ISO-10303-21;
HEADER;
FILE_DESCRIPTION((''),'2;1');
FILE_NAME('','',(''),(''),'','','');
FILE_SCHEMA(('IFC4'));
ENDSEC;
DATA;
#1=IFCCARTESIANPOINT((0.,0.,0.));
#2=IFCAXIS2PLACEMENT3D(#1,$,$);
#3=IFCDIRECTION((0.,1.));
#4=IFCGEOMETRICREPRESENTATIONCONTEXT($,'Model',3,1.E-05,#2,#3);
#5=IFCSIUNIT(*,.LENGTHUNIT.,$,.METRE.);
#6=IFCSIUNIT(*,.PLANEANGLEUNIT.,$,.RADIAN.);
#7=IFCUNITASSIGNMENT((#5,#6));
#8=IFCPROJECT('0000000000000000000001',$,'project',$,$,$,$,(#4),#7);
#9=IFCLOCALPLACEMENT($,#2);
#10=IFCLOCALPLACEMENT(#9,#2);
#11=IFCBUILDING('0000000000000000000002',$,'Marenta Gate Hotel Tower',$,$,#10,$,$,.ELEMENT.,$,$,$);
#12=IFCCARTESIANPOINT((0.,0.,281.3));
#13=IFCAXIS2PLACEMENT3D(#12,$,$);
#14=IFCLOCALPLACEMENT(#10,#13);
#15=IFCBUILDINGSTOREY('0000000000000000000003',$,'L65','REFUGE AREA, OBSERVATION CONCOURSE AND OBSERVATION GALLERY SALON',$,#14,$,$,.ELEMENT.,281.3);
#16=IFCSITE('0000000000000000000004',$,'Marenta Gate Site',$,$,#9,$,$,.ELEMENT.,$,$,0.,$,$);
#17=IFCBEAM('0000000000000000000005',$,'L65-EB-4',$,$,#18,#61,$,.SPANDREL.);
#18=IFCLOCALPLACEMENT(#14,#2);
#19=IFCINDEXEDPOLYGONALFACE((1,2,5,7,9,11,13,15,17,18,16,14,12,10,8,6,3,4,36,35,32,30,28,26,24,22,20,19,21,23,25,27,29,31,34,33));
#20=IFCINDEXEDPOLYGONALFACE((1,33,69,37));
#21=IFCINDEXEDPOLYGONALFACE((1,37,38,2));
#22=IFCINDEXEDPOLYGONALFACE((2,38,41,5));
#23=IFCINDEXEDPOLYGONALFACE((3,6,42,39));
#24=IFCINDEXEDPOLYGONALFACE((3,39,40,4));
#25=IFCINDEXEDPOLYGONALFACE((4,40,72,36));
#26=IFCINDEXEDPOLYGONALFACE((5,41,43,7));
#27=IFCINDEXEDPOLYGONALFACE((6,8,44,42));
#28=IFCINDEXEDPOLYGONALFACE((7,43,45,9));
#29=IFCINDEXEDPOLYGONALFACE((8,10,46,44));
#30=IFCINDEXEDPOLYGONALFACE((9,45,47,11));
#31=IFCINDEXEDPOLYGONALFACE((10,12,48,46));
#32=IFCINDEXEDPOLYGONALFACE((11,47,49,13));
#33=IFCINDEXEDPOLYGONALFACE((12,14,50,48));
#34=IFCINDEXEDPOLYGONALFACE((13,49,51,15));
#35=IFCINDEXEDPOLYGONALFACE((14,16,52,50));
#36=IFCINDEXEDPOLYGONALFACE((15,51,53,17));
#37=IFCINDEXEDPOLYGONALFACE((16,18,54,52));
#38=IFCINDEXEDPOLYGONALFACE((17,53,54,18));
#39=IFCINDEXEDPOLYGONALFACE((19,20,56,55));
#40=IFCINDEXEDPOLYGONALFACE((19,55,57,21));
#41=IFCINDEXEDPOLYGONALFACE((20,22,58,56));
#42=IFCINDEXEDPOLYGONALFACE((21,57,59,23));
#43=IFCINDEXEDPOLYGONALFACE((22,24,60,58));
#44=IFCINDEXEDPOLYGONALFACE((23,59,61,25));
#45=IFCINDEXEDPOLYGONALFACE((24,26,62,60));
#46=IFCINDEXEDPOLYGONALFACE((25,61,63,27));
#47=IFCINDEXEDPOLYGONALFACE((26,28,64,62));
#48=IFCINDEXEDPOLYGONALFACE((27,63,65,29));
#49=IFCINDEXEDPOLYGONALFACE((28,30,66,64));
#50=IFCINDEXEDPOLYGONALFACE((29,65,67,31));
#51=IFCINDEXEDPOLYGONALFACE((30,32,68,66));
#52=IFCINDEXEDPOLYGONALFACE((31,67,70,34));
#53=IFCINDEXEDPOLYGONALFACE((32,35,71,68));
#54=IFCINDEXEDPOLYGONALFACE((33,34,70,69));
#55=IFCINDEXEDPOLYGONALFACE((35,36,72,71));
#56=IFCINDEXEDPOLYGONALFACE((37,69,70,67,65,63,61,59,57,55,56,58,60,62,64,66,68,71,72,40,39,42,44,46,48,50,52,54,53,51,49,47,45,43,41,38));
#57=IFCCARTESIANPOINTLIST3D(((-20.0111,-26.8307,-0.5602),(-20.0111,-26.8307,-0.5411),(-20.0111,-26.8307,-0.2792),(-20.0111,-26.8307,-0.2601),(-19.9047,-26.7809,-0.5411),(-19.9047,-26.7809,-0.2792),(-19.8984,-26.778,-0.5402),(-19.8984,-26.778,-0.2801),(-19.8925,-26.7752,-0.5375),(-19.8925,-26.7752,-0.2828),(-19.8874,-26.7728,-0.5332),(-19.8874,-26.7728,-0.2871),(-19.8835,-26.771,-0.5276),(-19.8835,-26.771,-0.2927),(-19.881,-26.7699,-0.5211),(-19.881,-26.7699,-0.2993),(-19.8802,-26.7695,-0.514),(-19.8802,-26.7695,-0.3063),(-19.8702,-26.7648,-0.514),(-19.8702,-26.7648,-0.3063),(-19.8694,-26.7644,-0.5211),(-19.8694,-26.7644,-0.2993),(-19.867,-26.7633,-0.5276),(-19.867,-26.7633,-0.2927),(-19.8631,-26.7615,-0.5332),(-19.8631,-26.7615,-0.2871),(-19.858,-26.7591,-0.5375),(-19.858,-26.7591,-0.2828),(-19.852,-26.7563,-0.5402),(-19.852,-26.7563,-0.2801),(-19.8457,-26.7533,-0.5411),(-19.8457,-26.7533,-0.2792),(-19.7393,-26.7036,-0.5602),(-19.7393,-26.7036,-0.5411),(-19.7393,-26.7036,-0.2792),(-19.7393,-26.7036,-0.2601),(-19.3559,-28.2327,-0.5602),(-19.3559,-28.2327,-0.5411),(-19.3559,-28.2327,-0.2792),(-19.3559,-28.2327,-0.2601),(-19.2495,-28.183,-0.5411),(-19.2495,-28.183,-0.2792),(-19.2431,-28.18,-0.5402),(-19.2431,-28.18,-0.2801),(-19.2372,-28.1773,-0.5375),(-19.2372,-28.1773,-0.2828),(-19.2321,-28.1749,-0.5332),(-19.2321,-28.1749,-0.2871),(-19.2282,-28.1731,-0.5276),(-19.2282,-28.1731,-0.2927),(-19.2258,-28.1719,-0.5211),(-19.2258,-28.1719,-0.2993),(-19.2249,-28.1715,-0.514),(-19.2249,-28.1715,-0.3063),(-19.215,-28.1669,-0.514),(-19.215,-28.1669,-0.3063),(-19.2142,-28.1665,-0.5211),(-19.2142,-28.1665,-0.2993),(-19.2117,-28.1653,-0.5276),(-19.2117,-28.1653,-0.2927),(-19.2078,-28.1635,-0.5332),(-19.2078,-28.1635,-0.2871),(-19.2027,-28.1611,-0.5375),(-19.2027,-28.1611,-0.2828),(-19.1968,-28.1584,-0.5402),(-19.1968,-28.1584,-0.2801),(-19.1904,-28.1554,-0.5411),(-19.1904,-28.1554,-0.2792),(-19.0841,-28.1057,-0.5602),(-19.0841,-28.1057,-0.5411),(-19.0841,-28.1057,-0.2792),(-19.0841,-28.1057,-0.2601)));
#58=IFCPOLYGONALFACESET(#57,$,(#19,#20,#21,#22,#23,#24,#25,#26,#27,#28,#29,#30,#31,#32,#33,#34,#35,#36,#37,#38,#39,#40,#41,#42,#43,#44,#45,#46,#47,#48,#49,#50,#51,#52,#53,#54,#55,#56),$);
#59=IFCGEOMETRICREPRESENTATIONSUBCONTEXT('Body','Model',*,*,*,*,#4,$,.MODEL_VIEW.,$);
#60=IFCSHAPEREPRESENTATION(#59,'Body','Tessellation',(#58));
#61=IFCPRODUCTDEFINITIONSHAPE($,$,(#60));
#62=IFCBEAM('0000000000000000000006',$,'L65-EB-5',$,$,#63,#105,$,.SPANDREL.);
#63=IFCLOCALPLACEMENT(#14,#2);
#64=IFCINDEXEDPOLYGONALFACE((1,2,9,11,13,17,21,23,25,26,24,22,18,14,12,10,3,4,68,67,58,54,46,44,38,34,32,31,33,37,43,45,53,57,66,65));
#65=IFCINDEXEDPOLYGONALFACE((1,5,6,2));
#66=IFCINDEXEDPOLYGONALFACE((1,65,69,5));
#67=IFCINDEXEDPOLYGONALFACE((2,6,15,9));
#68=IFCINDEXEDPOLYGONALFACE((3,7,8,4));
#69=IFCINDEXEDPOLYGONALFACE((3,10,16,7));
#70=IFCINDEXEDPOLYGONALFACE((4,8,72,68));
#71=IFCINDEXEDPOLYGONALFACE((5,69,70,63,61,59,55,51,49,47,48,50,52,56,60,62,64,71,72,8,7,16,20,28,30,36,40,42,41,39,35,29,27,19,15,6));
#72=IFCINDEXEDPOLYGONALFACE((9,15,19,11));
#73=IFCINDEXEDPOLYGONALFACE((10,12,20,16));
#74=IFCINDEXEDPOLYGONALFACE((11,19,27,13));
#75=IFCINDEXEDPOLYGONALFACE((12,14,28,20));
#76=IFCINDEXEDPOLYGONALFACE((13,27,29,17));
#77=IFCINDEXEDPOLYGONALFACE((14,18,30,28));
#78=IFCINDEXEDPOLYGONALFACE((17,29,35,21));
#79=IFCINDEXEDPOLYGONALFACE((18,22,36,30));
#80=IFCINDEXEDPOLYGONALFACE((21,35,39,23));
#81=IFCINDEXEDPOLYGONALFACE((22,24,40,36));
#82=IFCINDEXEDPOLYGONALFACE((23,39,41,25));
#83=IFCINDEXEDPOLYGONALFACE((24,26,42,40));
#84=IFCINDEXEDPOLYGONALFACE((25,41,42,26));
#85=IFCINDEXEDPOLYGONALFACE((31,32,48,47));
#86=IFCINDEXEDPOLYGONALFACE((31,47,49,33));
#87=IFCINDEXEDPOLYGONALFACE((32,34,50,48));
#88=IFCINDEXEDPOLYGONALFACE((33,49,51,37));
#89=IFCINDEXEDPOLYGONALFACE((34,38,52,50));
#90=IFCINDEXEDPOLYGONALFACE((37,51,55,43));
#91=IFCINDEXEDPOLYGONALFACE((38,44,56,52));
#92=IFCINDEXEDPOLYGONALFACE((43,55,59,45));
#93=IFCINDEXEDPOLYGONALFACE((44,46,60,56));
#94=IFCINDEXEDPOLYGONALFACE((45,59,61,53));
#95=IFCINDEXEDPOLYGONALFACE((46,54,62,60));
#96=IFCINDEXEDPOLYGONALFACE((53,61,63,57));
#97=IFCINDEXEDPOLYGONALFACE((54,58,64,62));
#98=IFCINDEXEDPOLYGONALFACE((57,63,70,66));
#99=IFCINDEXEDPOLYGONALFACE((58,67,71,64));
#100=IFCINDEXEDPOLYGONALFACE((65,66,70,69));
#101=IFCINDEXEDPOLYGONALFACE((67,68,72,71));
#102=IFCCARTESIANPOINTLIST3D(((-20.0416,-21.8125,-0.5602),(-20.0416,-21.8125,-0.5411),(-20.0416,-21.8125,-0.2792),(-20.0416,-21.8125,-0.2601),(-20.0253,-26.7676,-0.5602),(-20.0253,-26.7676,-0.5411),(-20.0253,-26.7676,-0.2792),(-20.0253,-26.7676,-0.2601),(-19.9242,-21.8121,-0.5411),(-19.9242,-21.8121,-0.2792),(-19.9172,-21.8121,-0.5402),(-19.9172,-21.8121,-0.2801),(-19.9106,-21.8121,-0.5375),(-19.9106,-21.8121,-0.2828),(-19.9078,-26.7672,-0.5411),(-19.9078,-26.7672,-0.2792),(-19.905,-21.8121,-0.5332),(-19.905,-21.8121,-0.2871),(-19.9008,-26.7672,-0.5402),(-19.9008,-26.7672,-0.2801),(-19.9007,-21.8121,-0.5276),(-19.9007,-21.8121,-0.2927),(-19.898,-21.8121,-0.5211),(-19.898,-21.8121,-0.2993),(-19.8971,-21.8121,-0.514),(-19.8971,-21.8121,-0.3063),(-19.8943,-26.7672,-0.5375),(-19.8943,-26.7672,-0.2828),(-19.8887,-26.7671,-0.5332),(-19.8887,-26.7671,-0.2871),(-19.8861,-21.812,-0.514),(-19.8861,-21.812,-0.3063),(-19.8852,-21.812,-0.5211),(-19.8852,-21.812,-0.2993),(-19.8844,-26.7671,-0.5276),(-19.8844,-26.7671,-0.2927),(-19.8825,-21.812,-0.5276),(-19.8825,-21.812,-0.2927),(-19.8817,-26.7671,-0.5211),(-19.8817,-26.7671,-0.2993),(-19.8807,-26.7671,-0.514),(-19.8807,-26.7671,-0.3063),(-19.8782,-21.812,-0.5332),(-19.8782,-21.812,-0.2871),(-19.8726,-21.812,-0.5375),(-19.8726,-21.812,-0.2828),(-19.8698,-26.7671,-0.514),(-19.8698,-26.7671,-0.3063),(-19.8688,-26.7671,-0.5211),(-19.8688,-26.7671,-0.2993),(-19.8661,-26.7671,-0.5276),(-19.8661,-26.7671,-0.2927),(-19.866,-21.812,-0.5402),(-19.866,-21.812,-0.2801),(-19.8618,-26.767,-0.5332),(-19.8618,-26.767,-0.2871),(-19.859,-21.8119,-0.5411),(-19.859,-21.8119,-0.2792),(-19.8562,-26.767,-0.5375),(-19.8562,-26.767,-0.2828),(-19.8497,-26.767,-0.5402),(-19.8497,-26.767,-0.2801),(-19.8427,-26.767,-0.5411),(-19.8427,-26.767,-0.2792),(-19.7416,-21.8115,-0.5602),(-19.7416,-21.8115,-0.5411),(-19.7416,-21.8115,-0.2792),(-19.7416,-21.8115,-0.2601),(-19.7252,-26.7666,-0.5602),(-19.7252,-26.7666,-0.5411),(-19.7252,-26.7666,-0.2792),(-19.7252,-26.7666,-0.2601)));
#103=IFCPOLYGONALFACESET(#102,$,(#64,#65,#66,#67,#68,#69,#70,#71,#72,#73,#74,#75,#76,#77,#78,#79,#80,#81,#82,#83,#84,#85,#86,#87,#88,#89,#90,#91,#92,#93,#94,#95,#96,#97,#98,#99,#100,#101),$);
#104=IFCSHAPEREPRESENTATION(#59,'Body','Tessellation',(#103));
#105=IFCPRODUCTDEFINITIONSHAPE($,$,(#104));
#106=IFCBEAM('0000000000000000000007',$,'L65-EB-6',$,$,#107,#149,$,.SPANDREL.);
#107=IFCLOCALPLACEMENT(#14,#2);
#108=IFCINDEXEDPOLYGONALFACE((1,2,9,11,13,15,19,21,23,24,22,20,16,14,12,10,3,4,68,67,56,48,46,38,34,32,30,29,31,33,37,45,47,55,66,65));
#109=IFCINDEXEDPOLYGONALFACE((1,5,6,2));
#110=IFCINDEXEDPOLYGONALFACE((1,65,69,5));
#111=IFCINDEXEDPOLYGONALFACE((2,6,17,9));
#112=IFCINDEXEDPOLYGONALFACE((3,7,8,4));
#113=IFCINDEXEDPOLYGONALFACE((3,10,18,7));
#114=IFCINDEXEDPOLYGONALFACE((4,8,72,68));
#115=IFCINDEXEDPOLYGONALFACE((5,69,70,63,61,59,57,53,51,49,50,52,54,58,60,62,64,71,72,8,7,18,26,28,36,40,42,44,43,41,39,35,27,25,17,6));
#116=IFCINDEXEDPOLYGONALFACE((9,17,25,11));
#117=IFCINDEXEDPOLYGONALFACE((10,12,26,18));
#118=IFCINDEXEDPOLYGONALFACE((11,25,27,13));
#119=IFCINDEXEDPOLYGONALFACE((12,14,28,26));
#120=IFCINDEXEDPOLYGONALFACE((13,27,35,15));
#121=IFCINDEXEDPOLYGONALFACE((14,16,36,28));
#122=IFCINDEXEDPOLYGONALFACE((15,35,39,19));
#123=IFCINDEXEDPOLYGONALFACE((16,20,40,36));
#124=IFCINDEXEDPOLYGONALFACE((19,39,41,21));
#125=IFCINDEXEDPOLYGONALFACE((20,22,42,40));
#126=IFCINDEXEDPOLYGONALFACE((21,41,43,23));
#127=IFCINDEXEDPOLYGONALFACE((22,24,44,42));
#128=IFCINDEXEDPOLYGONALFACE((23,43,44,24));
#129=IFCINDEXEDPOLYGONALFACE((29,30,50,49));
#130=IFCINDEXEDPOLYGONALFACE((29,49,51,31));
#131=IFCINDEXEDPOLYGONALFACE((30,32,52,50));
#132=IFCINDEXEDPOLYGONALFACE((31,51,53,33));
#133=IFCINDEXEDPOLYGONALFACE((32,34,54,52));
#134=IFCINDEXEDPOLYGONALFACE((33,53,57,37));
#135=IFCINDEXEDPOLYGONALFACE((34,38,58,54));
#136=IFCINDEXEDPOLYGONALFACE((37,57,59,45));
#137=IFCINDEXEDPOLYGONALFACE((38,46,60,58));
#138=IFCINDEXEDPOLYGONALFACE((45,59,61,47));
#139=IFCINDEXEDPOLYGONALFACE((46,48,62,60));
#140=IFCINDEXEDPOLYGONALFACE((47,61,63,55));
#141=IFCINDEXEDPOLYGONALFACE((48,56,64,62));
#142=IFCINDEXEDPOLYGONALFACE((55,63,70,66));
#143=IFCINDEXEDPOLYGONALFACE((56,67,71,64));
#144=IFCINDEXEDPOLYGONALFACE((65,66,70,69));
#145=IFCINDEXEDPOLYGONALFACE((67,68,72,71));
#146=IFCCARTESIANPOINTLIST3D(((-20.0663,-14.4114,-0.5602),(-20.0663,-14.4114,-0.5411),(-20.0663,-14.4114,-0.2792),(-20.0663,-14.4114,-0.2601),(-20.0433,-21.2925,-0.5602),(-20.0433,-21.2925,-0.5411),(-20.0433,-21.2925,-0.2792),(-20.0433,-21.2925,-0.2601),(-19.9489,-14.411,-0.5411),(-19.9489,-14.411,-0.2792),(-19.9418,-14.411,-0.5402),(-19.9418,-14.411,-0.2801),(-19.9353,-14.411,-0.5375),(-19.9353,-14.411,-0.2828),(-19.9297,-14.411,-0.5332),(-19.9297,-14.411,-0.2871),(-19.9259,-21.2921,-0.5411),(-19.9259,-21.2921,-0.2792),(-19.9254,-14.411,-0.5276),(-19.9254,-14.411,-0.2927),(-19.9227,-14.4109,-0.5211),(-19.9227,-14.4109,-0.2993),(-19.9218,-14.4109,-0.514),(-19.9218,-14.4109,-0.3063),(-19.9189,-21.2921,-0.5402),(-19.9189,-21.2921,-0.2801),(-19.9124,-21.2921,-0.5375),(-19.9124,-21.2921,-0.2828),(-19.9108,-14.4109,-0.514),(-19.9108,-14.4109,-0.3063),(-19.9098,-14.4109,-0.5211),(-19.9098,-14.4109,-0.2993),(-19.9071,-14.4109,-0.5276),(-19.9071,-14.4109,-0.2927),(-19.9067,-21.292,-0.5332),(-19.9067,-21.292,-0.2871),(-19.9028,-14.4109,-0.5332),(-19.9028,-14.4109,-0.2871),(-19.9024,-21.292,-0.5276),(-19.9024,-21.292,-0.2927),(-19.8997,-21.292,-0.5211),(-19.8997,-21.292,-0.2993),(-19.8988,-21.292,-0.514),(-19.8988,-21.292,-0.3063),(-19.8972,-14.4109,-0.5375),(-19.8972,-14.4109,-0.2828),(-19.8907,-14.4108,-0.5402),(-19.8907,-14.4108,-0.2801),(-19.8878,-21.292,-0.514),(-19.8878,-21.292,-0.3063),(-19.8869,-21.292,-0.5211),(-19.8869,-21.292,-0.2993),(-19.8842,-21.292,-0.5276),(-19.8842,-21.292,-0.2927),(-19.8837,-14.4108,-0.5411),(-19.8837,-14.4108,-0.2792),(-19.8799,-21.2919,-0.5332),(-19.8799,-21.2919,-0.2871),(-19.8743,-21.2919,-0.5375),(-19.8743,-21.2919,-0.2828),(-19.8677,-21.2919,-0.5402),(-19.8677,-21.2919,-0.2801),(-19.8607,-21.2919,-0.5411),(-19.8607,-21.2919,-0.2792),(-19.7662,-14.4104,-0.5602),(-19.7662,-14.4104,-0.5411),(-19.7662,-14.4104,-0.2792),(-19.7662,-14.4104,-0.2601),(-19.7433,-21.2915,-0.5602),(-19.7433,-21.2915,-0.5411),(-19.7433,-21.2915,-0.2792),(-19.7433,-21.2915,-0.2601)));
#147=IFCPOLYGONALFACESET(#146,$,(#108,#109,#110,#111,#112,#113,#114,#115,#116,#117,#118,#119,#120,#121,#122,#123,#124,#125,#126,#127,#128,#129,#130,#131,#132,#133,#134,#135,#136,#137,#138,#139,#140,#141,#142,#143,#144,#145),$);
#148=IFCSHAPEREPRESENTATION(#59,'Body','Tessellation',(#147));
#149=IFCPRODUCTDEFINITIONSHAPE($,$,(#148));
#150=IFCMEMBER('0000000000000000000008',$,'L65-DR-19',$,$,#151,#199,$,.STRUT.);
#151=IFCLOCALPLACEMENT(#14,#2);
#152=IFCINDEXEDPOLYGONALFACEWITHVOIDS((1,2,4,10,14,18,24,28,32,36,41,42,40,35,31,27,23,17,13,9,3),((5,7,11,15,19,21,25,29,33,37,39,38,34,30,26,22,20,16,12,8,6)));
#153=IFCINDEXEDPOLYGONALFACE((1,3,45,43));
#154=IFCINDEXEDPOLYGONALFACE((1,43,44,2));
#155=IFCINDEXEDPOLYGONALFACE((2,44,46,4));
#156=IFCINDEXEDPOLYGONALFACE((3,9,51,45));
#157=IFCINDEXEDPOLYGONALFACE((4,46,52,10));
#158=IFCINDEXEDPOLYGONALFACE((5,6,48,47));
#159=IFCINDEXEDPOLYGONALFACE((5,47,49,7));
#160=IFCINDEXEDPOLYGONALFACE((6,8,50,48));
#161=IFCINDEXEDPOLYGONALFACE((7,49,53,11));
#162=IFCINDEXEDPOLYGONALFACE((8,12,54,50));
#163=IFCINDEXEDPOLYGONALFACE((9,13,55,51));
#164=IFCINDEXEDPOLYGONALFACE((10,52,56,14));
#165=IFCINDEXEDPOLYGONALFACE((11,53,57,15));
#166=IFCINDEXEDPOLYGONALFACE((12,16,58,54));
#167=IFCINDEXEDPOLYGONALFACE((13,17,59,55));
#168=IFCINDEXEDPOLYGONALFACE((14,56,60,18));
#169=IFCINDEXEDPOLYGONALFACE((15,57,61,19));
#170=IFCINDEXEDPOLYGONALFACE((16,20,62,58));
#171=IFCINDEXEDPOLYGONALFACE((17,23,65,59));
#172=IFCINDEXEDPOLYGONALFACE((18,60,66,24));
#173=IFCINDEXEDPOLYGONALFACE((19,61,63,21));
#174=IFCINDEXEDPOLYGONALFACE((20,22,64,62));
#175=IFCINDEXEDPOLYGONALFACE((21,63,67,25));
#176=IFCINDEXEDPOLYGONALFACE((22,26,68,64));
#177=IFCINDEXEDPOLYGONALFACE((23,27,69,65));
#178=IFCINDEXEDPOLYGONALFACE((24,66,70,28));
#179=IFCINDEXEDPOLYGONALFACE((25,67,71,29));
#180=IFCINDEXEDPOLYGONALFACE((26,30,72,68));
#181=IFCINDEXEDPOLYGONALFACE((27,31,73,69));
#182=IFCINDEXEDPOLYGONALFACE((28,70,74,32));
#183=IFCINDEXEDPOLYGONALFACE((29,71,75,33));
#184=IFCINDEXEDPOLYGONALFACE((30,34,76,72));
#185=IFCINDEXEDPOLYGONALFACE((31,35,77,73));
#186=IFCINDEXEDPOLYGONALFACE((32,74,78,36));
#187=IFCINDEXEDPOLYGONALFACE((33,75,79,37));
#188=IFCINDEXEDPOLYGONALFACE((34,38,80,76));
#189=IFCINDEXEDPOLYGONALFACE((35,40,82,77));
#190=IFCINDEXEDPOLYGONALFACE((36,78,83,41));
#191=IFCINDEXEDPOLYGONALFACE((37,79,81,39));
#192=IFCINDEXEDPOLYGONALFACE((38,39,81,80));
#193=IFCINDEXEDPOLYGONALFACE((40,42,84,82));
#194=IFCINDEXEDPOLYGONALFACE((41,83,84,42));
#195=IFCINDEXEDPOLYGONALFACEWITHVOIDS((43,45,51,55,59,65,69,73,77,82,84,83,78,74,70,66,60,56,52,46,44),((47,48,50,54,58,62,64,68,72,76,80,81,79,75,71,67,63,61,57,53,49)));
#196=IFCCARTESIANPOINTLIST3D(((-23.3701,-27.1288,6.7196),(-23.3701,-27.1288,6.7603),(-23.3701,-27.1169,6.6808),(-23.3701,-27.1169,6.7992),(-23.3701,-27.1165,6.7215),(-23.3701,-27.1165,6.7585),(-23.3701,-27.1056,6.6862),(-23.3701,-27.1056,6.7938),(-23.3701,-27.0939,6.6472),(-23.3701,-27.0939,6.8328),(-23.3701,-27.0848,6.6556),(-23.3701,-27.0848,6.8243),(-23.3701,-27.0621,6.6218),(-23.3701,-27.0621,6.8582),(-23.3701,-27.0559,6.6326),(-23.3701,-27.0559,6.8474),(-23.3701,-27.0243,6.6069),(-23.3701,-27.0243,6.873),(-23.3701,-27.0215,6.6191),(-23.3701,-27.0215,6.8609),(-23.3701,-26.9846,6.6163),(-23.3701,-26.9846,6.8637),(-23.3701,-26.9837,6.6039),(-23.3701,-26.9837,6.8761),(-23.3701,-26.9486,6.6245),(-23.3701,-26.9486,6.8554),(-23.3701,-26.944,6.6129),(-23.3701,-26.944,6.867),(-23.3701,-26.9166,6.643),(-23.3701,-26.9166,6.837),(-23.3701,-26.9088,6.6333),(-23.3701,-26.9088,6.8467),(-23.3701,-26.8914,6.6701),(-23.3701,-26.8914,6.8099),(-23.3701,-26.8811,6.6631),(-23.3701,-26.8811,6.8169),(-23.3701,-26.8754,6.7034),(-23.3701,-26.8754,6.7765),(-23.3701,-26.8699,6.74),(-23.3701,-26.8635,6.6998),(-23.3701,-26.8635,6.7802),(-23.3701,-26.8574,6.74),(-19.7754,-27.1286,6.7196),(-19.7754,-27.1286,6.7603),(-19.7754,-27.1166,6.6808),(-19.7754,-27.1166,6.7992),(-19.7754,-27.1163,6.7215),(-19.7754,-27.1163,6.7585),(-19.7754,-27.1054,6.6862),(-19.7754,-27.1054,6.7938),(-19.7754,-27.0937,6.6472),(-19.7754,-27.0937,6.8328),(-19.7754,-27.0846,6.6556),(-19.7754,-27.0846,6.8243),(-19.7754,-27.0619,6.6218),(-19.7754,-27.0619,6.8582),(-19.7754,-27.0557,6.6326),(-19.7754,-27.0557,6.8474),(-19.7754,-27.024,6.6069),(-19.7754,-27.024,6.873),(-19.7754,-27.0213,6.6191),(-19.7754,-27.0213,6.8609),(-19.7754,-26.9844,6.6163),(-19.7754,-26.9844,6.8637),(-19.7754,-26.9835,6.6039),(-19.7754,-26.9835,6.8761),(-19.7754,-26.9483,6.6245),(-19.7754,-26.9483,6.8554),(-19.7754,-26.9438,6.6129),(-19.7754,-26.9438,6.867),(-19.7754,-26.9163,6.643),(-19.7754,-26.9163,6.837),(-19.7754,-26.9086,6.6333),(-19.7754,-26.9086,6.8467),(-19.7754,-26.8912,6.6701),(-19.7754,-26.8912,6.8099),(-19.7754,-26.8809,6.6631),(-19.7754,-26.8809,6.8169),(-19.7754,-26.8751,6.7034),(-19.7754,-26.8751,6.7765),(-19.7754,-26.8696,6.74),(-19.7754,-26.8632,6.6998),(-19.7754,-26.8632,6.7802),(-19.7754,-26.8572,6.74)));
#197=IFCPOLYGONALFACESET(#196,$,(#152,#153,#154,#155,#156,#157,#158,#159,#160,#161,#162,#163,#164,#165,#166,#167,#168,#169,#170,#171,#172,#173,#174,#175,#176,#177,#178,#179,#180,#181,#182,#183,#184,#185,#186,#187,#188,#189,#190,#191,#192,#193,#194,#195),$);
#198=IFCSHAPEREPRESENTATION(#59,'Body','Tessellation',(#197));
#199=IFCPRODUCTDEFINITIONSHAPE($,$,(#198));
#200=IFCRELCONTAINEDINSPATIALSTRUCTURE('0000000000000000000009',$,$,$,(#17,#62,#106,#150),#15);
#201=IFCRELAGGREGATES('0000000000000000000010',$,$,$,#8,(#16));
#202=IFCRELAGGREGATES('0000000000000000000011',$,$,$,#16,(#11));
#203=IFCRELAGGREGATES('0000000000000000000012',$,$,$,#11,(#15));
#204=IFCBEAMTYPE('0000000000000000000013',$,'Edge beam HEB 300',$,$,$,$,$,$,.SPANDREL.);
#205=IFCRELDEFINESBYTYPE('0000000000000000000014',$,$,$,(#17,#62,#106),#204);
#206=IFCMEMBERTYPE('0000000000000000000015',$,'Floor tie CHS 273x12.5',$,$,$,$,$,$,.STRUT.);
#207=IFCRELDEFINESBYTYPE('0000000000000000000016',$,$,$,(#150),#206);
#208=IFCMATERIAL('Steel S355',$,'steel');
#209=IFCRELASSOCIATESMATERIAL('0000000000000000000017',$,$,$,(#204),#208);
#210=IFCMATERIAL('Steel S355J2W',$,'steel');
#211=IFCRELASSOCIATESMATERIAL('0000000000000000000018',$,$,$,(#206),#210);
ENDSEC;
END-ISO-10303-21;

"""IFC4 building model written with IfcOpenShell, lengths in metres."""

from ifc_helpers import new_model, si_unit, direction, frame, origin, origin_2d, place, context, subcontext, project, spatial, hollow_circle, i_section, extrude, material, material_profile, profile_set, type_object, element, save


model = new_model("IFC4")

# Units and contexts
model_context = context("Model", 3, precision=1e-05, world=origin(), true_north=direction((0.0, 1.0)))
body_context = subcontext(model_context, "Body", "Model", "MODEL_VIEW")
ifc_project = project(units=[si_unit("LENGTHUNIT", "METRE"), si_unit("PLANEANGLEUNIT", "RADIAN")], contexts=[model_context])

# Site, building, storey
site_placement = place(None, origin())
site = spatial("IfcSite", under=ifc_project, at=site_placement, Name="Marenta Gate Site", CompositionType="ELEMENT", RefElevation=0.0)
building_placement = place(site_placement, origin())
building = spatial("IfcBuilding", under=site, at=building_placement, Name="Marenta Gate Hotel Tower", CompositionType="ELEMENT")
storey_placement = place(building_placement, frame((0.0, 0.0, 281.3)))
storey = spatial("IfcBuildingStorey", under=building, at=storey_placement, Name="L65", Description="REFUGE AREA, OBSERVATION CONCOURSE AND OBSERVATION GALLERY SALON", CompositionType="ELEMENT", Elevation=281.3)

# Beams
ifc_material_1 = material(Name="Steel S355", Category="steel")
ifc_material_profile_1 = material_profile(ifc_material_1, i_section(OverallWidth=0.3, OverallDepth=0.3, WebThickness=0.011, FlangeThickness=0.019, FilletRadius=0.0271, at=origin_2d()), Name="HEB 300")
ifc_profile_set_1 = profile_set([ifc_material_profile_1], Name="Steel S355")
beam_type_1 = type_object("IfcBeamType", Name="Edge beam HEB 300", PredefinedType="SPANDREL", material=ifc_profile_set_1)
beam_1_placement = place(storey_placement, frame((-19.22, -28.1692, -0.4102), z_axis=(-0.423395, 0.905945, 0.0), x_axis=(-0.905945, -0.423395, 0.0)))
element("IfcBeam", 1, at=beam_1_placement, inside=storey, type_object=beam_type_1, Name="L65-EB-4", PredefinedType="SPANDREL", context=body_context, shape_type="SweptSolid", body=[
    extrude(i_section(OverallWidth=0.3, OverallDepth=0.3, WebThickness=0.011, FlangeThickness=0.019, FilletRadius=0.0271, at=origin_2d()), origin(), (0.0, 0.0, 1.0), 1.5476),
])
beam_2_placement = place(storey_placement, frame((-19.8752, -26.7671, -0.4102), z_axis=(-0.003301, 0.999995, 0.0), x_axis=(-0.999995, -0.003301, 0.0)))
element("IfcBeam", 2, at=beam_2_placement, inside=storey, type_object=beam_type_1, Name="L65-EB-5", PredefinedType="SPANDREL", context=body_context, shape_type="SweptSolid", body=[
    extrude(i_section(OverallWidth=0.3, OverallDepth=0.3, WebThickness=0.011, FlangeThickness=0.019, FilletRadius=0.0271, at=origin_2d()), origin(), (0.0, 0.0, 1.0), 4.9551),
])
beam_3_placement = place(storey_placement, frame((-19.8933, -21.292, -0.4102), z_axis=(-0.003335, 0.999994, 0.0), x_axis=(-0.999994, -0.003335, 0.0)))
element("IfcBeam", 3, at=beam_3_placement, inside=storey, type_object=beam_type_1, Name="L65-EB-6", PredefinedType="SPANDREL", context=body_context, shape_type="SweptSolid", body=[
    extrude(i_section(OverallWidth=0.3, OverallDepth=0.3, WebThickness=0.011, FlangeThickness=0.019, FilletRadius=0.0271, at=origin_2d()), origin(), (0.0, 0.0, 1.0), 6.8811),
])

# Member
ifc_material_2 = material(Name="Steel S355J2W", Category="steel")
ifc_material_profile_2 = material_profile(ifc_material_2, hollow_circle(Radius=0.1365, WallThickness=0.0125, at=origin_2d()), Name="CHS 273x12.5")
ifc_profile_set_2 = profile_set([ifc_material_profile_2], Name="Steel S355J2W")
member_type_1 = type_object("IfcMemberType", Name="Floor tie CHS 273x12.5", PredefinedType="STRUT", material=ifc_profile_set_2)
member_1_placement = place(storey_placement, frame((-23.3701, -26.9939, 6.74), z_axis=(1.0, 0.000068, 0.0), x_axis=(-0.000068, 1.0, 0.0)))
element("IfcMember", 4, at=member_1_placement, inside=storey, type_object=member_type_1, Name="L65-DR-19", PredefinedType="STRUT", context=body_context, shape_type="SweptSolid", body=[
    extrude(hollow_circle(Radius=0.1365, WallThickness=0.0125, at=origin_2d()), origin(), (0.0, 0.0, 1.0), 3.5947),
])

save(model, "model.ifc")
